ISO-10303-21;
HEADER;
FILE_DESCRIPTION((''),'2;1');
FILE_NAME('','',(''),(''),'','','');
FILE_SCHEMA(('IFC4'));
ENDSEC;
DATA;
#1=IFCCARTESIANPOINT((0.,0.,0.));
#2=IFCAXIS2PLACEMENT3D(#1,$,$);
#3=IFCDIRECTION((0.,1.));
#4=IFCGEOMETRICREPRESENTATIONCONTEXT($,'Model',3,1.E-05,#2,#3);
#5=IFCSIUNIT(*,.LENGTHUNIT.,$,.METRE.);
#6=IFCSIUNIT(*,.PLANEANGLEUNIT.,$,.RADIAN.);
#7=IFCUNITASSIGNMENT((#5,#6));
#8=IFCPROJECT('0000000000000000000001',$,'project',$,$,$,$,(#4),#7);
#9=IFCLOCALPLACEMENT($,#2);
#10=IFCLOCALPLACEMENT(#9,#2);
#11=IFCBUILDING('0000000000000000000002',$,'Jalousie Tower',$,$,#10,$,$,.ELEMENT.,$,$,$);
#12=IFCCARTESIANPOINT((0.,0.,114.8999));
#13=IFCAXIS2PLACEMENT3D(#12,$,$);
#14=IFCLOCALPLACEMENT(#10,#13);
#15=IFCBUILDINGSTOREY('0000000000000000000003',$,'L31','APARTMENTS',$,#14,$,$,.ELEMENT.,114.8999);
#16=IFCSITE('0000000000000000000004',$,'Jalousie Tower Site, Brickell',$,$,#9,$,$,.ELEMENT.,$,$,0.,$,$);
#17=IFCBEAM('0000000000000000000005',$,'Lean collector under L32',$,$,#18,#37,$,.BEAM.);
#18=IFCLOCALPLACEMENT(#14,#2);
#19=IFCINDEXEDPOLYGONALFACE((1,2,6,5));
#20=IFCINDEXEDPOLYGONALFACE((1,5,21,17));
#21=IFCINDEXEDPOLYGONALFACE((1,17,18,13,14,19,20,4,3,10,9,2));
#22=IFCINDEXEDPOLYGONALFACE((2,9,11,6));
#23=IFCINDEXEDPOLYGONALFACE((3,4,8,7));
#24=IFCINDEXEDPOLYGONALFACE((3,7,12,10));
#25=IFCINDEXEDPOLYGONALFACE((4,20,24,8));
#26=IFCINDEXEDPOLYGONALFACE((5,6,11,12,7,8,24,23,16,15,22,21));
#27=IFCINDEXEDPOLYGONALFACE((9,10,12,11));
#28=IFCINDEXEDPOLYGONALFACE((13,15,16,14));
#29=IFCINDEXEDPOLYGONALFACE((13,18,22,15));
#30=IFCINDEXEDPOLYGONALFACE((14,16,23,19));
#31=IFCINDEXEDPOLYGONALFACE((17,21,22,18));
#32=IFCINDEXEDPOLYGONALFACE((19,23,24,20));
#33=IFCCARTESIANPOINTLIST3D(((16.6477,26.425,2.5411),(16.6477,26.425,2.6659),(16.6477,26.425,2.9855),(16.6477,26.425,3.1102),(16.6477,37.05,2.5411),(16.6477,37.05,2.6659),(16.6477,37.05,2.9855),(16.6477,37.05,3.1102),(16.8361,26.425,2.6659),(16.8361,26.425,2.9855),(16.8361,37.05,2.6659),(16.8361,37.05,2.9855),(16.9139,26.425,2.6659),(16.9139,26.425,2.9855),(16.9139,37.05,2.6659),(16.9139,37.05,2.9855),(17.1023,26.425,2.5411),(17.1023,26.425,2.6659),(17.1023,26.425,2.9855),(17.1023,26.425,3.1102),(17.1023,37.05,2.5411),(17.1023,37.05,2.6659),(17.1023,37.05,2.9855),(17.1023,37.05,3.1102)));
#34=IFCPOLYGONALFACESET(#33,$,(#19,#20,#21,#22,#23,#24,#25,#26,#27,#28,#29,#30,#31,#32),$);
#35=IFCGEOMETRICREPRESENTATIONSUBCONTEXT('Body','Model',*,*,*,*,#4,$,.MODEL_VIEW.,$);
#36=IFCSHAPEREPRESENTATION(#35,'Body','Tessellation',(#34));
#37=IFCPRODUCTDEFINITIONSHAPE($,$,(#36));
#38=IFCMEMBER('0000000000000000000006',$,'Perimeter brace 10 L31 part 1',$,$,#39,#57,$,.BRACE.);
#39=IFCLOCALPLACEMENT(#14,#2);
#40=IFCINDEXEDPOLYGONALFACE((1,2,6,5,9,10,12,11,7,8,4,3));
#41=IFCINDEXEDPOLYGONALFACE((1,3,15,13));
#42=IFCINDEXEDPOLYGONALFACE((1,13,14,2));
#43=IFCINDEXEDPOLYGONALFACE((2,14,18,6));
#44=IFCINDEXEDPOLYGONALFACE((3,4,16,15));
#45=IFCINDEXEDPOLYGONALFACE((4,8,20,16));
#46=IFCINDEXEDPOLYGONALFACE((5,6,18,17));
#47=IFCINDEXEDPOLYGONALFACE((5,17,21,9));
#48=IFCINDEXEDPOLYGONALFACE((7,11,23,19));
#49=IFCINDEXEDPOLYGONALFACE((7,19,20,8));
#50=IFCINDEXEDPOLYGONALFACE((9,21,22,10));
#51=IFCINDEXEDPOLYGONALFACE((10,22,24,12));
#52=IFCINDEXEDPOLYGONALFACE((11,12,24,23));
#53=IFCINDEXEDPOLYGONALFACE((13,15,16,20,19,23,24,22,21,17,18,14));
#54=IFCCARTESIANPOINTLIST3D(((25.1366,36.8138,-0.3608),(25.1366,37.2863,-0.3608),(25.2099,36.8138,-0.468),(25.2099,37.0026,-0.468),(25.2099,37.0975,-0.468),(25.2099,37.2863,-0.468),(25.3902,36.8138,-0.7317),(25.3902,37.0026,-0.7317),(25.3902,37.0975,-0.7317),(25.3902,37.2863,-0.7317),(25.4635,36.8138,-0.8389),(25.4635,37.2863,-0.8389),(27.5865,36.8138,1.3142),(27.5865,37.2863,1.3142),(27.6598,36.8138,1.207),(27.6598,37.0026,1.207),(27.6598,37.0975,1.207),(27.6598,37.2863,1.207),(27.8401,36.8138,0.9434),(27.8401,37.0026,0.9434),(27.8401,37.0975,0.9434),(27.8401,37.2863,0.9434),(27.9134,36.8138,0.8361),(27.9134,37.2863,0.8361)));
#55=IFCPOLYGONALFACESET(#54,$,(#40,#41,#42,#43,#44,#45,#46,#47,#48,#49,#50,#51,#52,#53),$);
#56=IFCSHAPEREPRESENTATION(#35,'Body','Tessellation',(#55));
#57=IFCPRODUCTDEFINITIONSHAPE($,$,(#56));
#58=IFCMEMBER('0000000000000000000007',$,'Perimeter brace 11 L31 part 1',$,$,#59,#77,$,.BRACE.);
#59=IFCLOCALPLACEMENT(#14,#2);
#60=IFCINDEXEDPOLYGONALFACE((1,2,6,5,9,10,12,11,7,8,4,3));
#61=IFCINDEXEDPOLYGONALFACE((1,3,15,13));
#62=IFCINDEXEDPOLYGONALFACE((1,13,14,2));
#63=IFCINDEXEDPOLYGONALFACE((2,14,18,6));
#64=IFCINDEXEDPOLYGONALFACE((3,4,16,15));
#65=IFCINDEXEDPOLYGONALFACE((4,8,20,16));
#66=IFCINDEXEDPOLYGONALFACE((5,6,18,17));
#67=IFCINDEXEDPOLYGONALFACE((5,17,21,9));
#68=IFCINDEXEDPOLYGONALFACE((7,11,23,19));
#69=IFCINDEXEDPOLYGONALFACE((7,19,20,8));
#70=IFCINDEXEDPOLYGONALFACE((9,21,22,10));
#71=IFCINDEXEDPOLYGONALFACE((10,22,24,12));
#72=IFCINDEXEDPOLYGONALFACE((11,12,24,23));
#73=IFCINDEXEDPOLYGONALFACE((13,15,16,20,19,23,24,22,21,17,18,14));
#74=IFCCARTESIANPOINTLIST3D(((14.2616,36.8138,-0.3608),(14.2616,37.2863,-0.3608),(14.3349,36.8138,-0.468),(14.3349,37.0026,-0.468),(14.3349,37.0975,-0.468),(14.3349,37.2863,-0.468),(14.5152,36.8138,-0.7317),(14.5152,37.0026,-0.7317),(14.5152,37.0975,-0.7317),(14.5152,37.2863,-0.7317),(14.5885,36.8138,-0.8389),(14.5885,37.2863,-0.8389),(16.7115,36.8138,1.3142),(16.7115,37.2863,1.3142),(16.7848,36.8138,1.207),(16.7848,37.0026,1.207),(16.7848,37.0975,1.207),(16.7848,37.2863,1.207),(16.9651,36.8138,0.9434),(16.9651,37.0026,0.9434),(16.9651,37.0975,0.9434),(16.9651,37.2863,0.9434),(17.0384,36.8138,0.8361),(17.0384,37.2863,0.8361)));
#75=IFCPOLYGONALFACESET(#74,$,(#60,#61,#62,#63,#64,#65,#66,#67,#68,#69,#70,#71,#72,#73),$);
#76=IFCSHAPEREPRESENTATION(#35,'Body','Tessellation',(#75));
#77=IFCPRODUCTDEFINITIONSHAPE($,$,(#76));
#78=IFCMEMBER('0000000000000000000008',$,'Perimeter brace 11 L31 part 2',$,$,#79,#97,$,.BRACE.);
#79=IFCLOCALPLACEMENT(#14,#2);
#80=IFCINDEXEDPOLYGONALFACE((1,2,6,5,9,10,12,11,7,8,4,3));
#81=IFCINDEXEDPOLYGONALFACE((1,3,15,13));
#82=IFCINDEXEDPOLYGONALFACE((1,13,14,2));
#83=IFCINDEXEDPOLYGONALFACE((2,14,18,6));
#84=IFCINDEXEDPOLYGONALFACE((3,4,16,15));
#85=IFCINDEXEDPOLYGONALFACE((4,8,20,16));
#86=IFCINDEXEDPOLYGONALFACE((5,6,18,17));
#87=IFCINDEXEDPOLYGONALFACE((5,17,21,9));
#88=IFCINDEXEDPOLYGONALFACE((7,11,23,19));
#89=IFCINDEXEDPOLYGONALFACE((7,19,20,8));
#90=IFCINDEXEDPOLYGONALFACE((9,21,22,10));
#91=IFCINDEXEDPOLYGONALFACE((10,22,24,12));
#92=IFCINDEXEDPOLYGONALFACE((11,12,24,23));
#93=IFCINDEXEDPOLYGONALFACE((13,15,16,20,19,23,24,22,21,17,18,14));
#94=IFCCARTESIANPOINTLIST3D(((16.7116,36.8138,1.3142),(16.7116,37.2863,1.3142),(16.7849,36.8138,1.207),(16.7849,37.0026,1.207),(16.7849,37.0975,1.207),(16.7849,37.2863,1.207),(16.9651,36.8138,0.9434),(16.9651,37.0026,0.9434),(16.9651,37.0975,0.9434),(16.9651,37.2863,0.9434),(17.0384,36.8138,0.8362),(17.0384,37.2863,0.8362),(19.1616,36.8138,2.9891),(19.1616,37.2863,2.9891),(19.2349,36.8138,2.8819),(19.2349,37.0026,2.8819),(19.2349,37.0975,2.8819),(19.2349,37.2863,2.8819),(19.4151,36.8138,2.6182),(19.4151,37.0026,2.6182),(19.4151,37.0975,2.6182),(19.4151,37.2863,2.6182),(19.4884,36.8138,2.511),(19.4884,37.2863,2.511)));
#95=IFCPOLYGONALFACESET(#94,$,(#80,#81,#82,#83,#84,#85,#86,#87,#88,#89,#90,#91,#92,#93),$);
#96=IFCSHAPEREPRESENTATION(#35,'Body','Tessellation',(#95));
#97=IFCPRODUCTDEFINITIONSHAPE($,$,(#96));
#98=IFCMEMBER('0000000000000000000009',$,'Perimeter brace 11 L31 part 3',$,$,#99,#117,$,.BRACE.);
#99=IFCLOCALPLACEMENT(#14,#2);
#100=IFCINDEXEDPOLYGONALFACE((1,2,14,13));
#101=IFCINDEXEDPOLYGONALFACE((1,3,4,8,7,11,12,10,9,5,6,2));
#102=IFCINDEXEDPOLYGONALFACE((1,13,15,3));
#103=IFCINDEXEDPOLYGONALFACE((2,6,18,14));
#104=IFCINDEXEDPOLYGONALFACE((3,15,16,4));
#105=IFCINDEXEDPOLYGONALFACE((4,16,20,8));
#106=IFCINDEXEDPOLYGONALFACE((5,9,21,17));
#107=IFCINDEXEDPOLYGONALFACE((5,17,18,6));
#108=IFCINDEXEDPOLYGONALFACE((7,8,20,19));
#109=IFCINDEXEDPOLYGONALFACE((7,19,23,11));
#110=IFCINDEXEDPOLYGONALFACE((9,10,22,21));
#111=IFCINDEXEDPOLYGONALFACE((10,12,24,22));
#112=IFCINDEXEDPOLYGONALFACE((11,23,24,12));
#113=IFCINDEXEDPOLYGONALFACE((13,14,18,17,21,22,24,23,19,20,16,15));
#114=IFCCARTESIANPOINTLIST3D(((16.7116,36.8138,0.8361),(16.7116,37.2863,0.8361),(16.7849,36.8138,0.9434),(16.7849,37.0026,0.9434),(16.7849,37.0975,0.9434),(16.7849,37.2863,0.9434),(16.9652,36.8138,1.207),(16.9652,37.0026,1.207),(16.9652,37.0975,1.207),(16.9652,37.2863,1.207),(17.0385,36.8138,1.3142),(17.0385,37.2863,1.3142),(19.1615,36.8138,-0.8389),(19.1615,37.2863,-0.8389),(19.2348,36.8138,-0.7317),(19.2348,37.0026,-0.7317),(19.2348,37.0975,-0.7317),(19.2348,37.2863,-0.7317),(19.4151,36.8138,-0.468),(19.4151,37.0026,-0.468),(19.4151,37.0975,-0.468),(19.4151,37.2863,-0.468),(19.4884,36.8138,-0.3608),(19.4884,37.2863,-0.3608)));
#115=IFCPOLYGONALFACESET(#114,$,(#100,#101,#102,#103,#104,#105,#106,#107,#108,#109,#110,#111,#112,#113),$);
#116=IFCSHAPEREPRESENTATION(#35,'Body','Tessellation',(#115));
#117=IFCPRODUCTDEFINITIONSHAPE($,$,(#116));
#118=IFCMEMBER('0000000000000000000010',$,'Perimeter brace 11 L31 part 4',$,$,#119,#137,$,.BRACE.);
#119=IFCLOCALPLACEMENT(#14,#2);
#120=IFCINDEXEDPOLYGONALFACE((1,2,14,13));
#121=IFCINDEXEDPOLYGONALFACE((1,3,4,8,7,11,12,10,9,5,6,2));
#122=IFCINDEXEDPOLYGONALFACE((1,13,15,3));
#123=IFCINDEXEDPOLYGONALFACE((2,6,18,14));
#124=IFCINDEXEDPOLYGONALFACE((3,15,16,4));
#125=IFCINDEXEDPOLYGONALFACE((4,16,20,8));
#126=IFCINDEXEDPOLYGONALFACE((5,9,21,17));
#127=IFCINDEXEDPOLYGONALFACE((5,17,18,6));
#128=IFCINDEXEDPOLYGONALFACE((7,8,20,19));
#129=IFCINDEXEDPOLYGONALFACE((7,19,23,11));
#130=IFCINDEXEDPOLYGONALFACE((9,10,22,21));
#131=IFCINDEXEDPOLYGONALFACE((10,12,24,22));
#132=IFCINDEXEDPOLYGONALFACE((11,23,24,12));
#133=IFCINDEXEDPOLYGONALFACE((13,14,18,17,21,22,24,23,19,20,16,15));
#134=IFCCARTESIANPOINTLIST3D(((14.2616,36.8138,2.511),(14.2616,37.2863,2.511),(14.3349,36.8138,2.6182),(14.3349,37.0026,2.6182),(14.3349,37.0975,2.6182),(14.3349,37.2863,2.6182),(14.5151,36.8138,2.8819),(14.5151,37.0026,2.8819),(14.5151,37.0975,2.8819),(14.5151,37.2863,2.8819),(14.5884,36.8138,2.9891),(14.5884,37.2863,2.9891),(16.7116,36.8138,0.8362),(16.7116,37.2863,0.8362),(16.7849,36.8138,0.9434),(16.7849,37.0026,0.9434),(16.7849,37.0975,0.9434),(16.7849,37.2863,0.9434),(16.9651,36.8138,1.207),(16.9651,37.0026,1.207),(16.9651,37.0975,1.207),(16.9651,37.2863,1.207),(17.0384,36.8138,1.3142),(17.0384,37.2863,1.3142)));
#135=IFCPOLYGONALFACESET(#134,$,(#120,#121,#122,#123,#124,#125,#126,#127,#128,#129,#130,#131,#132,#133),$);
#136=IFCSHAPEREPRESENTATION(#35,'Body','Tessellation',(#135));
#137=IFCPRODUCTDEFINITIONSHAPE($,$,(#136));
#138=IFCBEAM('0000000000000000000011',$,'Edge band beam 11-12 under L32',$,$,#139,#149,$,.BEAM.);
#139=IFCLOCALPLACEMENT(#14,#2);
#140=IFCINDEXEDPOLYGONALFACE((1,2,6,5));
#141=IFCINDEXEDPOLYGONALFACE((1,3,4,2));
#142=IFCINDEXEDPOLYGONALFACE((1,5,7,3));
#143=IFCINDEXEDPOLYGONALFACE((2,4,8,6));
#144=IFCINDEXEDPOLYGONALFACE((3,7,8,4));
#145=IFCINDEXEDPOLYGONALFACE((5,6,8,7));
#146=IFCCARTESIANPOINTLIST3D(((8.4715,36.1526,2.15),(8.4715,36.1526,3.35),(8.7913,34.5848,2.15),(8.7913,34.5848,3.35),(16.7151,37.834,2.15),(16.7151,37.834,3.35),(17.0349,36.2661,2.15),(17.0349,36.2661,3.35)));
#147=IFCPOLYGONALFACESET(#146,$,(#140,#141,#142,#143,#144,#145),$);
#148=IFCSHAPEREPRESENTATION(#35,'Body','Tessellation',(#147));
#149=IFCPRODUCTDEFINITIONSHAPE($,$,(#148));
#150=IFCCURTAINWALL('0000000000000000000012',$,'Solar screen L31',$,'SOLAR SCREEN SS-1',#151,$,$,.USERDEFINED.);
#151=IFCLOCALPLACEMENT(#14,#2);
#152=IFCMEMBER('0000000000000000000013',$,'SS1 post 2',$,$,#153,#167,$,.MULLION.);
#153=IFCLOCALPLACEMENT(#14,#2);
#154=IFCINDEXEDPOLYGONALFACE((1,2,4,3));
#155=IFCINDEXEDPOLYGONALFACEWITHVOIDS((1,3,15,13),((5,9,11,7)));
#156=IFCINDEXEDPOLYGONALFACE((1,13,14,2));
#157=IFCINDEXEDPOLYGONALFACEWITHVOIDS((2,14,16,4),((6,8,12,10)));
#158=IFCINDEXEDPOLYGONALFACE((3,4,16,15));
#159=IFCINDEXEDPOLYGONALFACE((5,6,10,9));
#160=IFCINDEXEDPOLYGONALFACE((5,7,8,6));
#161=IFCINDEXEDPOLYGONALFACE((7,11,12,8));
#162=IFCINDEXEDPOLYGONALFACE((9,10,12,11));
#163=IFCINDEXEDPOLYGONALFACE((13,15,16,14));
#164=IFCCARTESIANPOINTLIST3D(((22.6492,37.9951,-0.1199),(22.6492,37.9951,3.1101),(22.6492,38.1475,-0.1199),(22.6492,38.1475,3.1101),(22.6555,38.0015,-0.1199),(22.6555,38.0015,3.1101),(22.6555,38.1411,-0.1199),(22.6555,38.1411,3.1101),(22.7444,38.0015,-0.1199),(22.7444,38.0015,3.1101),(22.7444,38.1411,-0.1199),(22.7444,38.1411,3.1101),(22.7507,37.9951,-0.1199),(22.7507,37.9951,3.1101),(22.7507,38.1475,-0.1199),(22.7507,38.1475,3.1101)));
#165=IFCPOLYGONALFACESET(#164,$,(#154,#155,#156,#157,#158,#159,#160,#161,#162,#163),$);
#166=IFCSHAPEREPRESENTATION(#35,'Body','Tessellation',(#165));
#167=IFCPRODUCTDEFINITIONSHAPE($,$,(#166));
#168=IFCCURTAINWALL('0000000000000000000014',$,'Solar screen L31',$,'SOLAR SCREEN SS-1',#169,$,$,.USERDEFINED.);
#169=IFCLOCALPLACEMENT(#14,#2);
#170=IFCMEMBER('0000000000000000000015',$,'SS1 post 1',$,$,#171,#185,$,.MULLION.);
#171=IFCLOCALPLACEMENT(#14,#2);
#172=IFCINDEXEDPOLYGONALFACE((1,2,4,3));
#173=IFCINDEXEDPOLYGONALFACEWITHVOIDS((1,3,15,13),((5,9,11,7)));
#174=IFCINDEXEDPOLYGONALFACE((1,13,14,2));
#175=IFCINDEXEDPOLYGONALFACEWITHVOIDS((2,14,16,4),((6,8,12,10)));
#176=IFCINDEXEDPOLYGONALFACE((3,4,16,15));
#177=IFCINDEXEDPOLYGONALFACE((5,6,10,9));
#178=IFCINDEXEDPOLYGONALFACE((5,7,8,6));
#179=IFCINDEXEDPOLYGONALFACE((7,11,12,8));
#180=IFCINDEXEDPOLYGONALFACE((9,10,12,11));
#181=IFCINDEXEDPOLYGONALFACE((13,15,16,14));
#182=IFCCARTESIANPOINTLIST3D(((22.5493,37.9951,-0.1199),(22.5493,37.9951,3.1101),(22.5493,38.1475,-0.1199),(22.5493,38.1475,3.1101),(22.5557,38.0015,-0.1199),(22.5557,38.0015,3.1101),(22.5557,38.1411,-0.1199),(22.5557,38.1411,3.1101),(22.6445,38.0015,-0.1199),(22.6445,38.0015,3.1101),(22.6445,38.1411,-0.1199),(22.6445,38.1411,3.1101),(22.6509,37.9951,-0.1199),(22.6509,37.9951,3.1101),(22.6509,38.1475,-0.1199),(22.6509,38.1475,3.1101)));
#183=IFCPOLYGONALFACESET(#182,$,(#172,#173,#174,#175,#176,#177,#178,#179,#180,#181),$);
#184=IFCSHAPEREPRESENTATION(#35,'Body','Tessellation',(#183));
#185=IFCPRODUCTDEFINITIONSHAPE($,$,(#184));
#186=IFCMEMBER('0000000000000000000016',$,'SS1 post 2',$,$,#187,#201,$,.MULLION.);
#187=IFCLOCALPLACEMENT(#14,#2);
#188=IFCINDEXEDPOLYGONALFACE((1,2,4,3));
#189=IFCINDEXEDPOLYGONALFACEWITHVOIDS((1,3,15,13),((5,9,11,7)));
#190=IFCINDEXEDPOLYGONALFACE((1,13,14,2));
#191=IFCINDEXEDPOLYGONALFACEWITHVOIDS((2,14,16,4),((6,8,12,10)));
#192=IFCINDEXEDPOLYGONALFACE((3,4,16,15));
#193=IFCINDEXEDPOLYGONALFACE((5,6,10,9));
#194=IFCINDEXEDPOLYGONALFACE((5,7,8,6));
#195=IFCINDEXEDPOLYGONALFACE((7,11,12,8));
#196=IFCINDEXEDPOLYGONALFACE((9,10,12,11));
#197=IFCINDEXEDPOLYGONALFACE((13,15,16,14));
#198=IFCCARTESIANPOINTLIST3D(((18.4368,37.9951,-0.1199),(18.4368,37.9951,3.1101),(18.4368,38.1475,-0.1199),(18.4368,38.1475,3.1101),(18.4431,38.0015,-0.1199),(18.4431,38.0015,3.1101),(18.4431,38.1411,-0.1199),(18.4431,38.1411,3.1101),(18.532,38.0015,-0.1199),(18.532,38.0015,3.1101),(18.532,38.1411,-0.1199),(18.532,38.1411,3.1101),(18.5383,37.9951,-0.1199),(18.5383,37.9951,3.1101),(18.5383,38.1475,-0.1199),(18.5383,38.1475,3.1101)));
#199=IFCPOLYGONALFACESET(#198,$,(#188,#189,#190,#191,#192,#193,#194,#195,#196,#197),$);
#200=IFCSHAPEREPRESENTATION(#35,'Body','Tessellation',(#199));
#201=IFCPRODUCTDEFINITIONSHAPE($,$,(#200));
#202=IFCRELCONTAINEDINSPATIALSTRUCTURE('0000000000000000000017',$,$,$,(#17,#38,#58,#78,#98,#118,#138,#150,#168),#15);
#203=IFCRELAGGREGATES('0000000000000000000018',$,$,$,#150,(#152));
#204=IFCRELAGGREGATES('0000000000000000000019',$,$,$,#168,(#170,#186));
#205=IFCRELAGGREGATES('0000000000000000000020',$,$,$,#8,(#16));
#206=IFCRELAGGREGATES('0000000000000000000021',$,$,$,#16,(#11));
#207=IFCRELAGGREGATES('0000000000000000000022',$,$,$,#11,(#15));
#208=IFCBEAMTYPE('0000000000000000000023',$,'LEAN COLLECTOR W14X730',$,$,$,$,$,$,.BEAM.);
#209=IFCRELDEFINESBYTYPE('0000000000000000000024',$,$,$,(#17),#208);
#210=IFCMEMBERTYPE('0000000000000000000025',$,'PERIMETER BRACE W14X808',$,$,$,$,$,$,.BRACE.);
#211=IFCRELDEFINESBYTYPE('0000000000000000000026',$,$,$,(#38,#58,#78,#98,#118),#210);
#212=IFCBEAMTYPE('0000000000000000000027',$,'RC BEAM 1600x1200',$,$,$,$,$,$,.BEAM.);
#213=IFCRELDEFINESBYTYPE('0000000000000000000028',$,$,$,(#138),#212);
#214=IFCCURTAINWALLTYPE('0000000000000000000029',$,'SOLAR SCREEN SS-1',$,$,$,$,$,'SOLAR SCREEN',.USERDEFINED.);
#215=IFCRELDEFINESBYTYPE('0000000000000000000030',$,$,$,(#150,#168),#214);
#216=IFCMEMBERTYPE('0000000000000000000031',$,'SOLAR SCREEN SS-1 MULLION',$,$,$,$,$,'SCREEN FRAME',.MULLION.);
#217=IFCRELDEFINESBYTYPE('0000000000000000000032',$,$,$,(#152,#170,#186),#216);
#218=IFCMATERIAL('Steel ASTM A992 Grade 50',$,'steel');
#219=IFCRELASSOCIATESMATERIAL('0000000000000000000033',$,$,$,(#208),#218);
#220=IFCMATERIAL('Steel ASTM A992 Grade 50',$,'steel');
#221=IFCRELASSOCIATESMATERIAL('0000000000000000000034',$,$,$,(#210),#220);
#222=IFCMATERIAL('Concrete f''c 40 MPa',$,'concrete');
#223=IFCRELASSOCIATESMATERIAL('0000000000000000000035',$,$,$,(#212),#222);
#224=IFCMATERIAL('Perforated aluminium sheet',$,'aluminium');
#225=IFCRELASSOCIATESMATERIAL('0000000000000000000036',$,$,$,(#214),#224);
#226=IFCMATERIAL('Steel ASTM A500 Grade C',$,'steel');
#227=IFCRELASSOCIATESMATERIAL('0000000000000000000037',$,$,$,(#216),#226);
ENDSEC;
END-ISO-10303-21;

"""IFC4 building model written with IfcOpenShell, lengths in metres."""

from ifc_helpers import new_model, si_unit, direction, frame, origin, origin_2d, place, context, subcontext, project, spatial, rectangle, hollow_rectangle, i_section, extrude, material, material_profile, profile_set, type_object, element, aggregate, save


model = new_model("IFC4")

# Units and contexts
model_context = context("Model", 3, precision=1e-05, world=origin(), true_north=direction((0.0, 1.0)))
body_context = subcontext(model_context, "Body", "Model", "MODEL_VIEW")
ifc_project = project(units=[si_unit("LENGTHUNIT", "METRE"), si_unit("PLANEANGLEUNIT", "RADIAN")], contexts=[model_context])

# Site, building, storey
site_placement = place(None, origin())
site = spatial("IfcSite", under=ifc_project, at=site_placement, Name="Jalousie Tower Site, Brickell", CompositionType="ELEMENT", RefElevation=0.0)
building_placement = place(site_placement, origin())
building = spatial("IfcBuilding", under=site, at=building_placement, Name="Jalousie Tower", CompositionType="ELEMENT")
storey_placement = place(building_placement, frame((0.0, 0.0, 114.8999)))
storey = spatial("IfcBuildingStorey", under=building, at=storey_placement, Name="L31", Description="APARTMENTS", CompositionType="ELEMENT", Elevation=114.8999)

# Beam
ifc_material_1 = material(Name="Steel ASTM A992 Grade 50", Category="steel")
ifc_material_profile_1 = material_profile(ifc_material_1, i_section(OverallWidth=0.4546, OverallDepth=0.5691, WebThickness=0.0779, FlangeThickness=0.1248, at=origin_2d()), Name="W14X730")
ifc_profile_set_1 = profile_set([ifc_material_profile_1], Name="Steel ASTM A992 Grade 50")
beam_type_1 = type_object("IfcBeamType", Name="LEAN COLLECTOR W14X730", PredefinedType="BEAM", material=ifc_profile_set_1)
beam_1_placement = place(storey_placement, frame((16.875, 37.05, 2.8257), z_axis=(0.0, -1.0, 0.0), x_axis=(1.0, 0.0, 0.0)))
element("IfcBeam", 1, at=beam_1_placement, inside=storey, type_object=beam_type_1, Name="Lean collector under L32", PredefinedType="BEAM", context=body_context, shape_type="SweptSolid", body=[
    extrude(i_section(OverallWidth=0.4546, OverallDepth=0.5691, WebThickness=0.0779, FlangeThickness=0.1248, at=origin_2d()), origin(), (0.0, 0.0, 1.0), 10.625),
])

# Members
ifc_material_2 = material(Name="Steel ASTM A992 Grade 50", Category="steel")
ifc_material_profile_2 = material_profile(ifc_material_2, i_section(OverallWidth=0.4724, OverallDepth=0.5791, WebThickness=0.095, FlangeThickness=0.1299, at=origin_2d()), Name="W14X808")
ifc_profile_set_2 = profile_set([ifc_material_profile_2], Name="Steel ASTM A992 Grade 50")
member_type_1 = type_object("IfcMemberType", Name="PERIMETER BRACE W14X808", PredefinedType="BRACE", material=ifc_profile_set_2)
for number, where, z_axis, x_axis, name in (
    (2, (25.3, 37.05, -0.5999), (0.825501, 0.0, 0.564401), (0.0, 1.0, 0.0), "Perimeter brace 10 L31 part 1"),
    (3, (14.425, 37.05, -0.5999), (0.825501, 0.0, 0.564401), (0.0, 1.0, 0.0), "Perimeter brace 11 L31 part 1"),
    (4, (16.875, 37.05, 1.0752), (0.825539, 0.0, 0.564345), (0.0, 1.0, 0.0), "Perimeter brace 11 L31 part 2"),
    (5, (19.325, 37.05, -0.5999), (-0.825501, 0.0, 0.564401), (0.0, -1.0, 0.0), "Perimeter brace 11 L31 part 3"),
    (6, (16.875, 37.05, 1.0752), (-0.825539, 0.0, 0.564345), (0.0, -1.0, 0.0), "Perimeter brace 11 L31 part 4"),
):
    element("IfcMember", number, at=place(storey_placement, frame(where, z_axis=z_axis, x_axis=x_axis)), inside=storey, type_object=member_type_1, Name=name, PredefinedType="BRACE", context=body_context, shape_type="SweptSolid", body=[
        extrude(i_section(OverallWidth=0.4724, OverallDepth=0.5791, WebThickness=0.095, FlangeThickness=0.1299, at=origin_2d()), origin(), (0.0, 0.0, 1.0), 2.9678),
    ])

# Beam
ifc_material_3 = material(Name="Concrete f'c 40 MPa", Category="concrete")
ifc_material_profile_3 = material_profile(ifc_material_3, rectangle(XDim=1.6001, YDim=1.2, at=origin_2d()), Name="RC 1600x1200")
ifc_profile_set_3 = profile_set([ifc_material_profile_3], Name="Concrete f'c 40 MPa")
beam_type_2 = type_object("IfcBeamType", Name="RC BEAM 1600x1200", PredefinedType="BEAM", material=ifc_profile_set_3)
beam_2_placement = place(storey_placement, frame((16.875, 37.05, 2.75), z_axis=(-0.979827, -0.199848, 0.0), x_axis=(0.199848, -0.979827, 0.0)))
element("IfcBeam", 7, at=beam_2_placement, inside=storey, type_object=beam_type_2, Name="Edge band beam 11-12 under L32", PredefinedType="BEAM", context=body_context, shape_type="SweptSolid", body=[
    extrude(rectangle(XDim=1.6001, YDim=1.2, at=origin_2d()), origin(), (0.0, 0.0, 1.0), 8.4133),
])

# Curtain wall, member
ifc_material_4 = material(Name="Perforated aluminium sheet", Category="aluminium")
curtain_wall_type = type_object("IfcCurtainWallType", Name="SOLAR SCREEN SS-1", ElementType="SOLAR SCREEN", PredefinedType="USERDEFINED", material=ifc_material_4)
curtain_wall_1_placement = place(storey_placement, origin())
curtain_wall_1 = element("IfcCurtainWall", 8, at=curtain_wall_1_placement, inside=storey, type_object=curtain_wall_type, Name="Solar screen L31", ObjectType="SOLAR SCREEN SS-1", PredefinedType="USERDEFINED")
ifc_material_5 = material(Name="Steel ASTM A500 Grade C", Category="steel")
ifc_material_profile_4 = material_profile(ifc_material_5, hollow_rectangle(XDim=0.1016, YDim=0.1523, WallThickness=0.0063, at=origin_2d()), Name="HSS6X4X1/4")
ifc_profile_set_4 = profile_set([ifc_material_profile_4], Name="Steel ASTM A500 Grade C")
member_type_2 = type_object("IfcMemberType", Name="SOLAR SCREEN SS-1 MULLION", ElementType="SCREEN FRAME", PredefinedType="MULLION", material=ifc_profile_set_4)
member_1_placement = place(storey_placement, frame((22.7, 38.0713, -0.1199), z_axis=(0.0, 0.0, 1.0), x_axis=(-1.0, 0.0, 0.0)))
member_1 = element("IfcMember", 9, at=member_1_placement, type_object=member_type_2, Name="SS1 post 2", PredefinedType="MULLION", context=body_context, shape_type="SweptSolid", body=[
    extrude(hollow_rectangle(XDim=0.1016, YDim=0.1523, WallThickness=0.0063, at=origin_2d()), origin(), (0.0, 0.0, 1.0), 3.23),
])

# Curtain wall, members
curtain_wall_2_placement = place(storey_placement, origin())
curtain_wall_2 = element("IfcCurtainWall", 10, at=curtain_wall_2_placement, inside=storey, type_object=curtain_wall_type, Name="Solar screen L31", ObjectType="SOLAR SCREEN SS-1", PredefinedType="USERDEFINED")
member_2_placement = place(storey_placement, frame((22.6001, 38.0713, -0.1199), z_axis=(0.0, 0.0, 1.0), x_axis=(-1.0, 0.0, 0.0)))
member_2 = element("IfcMember", 11, at=member_2_placement, type_object=member_type_2, Name="SS1 post 1", PredefinedType="MULLION", context=body_context, shape_type="SweptSolid", body=[
    extrude(hollow_rectangle(XDim=0.1016, YDim=0.1523, WallThickness=0.0063, at=origin_2d()), origin(), (0.0, 0.0, 1.0), 3.23),
])
member_3_placement = place(storey_placement, frame((18.4875, 38.0713, -0.1199), z_axis=(0.0, 0.0, 1.0), x_axis=(-1.0, 0.0, 0.0)))
member_3 = element("IfcMember", 12, at=member_3_placement, type_object=member_type_2, Name="SS1 post 2", PredefinedType="MULLION", context=body_context, shape_type="SweptSolid", body=[
    extrude(hollow_rectangle(XDim=0.1016, YDim=0.1523, WallThickness=0.0063, at=origin_2d()), origin(), (0.0, 0.0, 1.0), 3.23),
])

aggregate(curtain_wall_1, [member_1])
aggregate(curtain_wall_2, [member_2, member_3])

save(model, "model.ifc")
